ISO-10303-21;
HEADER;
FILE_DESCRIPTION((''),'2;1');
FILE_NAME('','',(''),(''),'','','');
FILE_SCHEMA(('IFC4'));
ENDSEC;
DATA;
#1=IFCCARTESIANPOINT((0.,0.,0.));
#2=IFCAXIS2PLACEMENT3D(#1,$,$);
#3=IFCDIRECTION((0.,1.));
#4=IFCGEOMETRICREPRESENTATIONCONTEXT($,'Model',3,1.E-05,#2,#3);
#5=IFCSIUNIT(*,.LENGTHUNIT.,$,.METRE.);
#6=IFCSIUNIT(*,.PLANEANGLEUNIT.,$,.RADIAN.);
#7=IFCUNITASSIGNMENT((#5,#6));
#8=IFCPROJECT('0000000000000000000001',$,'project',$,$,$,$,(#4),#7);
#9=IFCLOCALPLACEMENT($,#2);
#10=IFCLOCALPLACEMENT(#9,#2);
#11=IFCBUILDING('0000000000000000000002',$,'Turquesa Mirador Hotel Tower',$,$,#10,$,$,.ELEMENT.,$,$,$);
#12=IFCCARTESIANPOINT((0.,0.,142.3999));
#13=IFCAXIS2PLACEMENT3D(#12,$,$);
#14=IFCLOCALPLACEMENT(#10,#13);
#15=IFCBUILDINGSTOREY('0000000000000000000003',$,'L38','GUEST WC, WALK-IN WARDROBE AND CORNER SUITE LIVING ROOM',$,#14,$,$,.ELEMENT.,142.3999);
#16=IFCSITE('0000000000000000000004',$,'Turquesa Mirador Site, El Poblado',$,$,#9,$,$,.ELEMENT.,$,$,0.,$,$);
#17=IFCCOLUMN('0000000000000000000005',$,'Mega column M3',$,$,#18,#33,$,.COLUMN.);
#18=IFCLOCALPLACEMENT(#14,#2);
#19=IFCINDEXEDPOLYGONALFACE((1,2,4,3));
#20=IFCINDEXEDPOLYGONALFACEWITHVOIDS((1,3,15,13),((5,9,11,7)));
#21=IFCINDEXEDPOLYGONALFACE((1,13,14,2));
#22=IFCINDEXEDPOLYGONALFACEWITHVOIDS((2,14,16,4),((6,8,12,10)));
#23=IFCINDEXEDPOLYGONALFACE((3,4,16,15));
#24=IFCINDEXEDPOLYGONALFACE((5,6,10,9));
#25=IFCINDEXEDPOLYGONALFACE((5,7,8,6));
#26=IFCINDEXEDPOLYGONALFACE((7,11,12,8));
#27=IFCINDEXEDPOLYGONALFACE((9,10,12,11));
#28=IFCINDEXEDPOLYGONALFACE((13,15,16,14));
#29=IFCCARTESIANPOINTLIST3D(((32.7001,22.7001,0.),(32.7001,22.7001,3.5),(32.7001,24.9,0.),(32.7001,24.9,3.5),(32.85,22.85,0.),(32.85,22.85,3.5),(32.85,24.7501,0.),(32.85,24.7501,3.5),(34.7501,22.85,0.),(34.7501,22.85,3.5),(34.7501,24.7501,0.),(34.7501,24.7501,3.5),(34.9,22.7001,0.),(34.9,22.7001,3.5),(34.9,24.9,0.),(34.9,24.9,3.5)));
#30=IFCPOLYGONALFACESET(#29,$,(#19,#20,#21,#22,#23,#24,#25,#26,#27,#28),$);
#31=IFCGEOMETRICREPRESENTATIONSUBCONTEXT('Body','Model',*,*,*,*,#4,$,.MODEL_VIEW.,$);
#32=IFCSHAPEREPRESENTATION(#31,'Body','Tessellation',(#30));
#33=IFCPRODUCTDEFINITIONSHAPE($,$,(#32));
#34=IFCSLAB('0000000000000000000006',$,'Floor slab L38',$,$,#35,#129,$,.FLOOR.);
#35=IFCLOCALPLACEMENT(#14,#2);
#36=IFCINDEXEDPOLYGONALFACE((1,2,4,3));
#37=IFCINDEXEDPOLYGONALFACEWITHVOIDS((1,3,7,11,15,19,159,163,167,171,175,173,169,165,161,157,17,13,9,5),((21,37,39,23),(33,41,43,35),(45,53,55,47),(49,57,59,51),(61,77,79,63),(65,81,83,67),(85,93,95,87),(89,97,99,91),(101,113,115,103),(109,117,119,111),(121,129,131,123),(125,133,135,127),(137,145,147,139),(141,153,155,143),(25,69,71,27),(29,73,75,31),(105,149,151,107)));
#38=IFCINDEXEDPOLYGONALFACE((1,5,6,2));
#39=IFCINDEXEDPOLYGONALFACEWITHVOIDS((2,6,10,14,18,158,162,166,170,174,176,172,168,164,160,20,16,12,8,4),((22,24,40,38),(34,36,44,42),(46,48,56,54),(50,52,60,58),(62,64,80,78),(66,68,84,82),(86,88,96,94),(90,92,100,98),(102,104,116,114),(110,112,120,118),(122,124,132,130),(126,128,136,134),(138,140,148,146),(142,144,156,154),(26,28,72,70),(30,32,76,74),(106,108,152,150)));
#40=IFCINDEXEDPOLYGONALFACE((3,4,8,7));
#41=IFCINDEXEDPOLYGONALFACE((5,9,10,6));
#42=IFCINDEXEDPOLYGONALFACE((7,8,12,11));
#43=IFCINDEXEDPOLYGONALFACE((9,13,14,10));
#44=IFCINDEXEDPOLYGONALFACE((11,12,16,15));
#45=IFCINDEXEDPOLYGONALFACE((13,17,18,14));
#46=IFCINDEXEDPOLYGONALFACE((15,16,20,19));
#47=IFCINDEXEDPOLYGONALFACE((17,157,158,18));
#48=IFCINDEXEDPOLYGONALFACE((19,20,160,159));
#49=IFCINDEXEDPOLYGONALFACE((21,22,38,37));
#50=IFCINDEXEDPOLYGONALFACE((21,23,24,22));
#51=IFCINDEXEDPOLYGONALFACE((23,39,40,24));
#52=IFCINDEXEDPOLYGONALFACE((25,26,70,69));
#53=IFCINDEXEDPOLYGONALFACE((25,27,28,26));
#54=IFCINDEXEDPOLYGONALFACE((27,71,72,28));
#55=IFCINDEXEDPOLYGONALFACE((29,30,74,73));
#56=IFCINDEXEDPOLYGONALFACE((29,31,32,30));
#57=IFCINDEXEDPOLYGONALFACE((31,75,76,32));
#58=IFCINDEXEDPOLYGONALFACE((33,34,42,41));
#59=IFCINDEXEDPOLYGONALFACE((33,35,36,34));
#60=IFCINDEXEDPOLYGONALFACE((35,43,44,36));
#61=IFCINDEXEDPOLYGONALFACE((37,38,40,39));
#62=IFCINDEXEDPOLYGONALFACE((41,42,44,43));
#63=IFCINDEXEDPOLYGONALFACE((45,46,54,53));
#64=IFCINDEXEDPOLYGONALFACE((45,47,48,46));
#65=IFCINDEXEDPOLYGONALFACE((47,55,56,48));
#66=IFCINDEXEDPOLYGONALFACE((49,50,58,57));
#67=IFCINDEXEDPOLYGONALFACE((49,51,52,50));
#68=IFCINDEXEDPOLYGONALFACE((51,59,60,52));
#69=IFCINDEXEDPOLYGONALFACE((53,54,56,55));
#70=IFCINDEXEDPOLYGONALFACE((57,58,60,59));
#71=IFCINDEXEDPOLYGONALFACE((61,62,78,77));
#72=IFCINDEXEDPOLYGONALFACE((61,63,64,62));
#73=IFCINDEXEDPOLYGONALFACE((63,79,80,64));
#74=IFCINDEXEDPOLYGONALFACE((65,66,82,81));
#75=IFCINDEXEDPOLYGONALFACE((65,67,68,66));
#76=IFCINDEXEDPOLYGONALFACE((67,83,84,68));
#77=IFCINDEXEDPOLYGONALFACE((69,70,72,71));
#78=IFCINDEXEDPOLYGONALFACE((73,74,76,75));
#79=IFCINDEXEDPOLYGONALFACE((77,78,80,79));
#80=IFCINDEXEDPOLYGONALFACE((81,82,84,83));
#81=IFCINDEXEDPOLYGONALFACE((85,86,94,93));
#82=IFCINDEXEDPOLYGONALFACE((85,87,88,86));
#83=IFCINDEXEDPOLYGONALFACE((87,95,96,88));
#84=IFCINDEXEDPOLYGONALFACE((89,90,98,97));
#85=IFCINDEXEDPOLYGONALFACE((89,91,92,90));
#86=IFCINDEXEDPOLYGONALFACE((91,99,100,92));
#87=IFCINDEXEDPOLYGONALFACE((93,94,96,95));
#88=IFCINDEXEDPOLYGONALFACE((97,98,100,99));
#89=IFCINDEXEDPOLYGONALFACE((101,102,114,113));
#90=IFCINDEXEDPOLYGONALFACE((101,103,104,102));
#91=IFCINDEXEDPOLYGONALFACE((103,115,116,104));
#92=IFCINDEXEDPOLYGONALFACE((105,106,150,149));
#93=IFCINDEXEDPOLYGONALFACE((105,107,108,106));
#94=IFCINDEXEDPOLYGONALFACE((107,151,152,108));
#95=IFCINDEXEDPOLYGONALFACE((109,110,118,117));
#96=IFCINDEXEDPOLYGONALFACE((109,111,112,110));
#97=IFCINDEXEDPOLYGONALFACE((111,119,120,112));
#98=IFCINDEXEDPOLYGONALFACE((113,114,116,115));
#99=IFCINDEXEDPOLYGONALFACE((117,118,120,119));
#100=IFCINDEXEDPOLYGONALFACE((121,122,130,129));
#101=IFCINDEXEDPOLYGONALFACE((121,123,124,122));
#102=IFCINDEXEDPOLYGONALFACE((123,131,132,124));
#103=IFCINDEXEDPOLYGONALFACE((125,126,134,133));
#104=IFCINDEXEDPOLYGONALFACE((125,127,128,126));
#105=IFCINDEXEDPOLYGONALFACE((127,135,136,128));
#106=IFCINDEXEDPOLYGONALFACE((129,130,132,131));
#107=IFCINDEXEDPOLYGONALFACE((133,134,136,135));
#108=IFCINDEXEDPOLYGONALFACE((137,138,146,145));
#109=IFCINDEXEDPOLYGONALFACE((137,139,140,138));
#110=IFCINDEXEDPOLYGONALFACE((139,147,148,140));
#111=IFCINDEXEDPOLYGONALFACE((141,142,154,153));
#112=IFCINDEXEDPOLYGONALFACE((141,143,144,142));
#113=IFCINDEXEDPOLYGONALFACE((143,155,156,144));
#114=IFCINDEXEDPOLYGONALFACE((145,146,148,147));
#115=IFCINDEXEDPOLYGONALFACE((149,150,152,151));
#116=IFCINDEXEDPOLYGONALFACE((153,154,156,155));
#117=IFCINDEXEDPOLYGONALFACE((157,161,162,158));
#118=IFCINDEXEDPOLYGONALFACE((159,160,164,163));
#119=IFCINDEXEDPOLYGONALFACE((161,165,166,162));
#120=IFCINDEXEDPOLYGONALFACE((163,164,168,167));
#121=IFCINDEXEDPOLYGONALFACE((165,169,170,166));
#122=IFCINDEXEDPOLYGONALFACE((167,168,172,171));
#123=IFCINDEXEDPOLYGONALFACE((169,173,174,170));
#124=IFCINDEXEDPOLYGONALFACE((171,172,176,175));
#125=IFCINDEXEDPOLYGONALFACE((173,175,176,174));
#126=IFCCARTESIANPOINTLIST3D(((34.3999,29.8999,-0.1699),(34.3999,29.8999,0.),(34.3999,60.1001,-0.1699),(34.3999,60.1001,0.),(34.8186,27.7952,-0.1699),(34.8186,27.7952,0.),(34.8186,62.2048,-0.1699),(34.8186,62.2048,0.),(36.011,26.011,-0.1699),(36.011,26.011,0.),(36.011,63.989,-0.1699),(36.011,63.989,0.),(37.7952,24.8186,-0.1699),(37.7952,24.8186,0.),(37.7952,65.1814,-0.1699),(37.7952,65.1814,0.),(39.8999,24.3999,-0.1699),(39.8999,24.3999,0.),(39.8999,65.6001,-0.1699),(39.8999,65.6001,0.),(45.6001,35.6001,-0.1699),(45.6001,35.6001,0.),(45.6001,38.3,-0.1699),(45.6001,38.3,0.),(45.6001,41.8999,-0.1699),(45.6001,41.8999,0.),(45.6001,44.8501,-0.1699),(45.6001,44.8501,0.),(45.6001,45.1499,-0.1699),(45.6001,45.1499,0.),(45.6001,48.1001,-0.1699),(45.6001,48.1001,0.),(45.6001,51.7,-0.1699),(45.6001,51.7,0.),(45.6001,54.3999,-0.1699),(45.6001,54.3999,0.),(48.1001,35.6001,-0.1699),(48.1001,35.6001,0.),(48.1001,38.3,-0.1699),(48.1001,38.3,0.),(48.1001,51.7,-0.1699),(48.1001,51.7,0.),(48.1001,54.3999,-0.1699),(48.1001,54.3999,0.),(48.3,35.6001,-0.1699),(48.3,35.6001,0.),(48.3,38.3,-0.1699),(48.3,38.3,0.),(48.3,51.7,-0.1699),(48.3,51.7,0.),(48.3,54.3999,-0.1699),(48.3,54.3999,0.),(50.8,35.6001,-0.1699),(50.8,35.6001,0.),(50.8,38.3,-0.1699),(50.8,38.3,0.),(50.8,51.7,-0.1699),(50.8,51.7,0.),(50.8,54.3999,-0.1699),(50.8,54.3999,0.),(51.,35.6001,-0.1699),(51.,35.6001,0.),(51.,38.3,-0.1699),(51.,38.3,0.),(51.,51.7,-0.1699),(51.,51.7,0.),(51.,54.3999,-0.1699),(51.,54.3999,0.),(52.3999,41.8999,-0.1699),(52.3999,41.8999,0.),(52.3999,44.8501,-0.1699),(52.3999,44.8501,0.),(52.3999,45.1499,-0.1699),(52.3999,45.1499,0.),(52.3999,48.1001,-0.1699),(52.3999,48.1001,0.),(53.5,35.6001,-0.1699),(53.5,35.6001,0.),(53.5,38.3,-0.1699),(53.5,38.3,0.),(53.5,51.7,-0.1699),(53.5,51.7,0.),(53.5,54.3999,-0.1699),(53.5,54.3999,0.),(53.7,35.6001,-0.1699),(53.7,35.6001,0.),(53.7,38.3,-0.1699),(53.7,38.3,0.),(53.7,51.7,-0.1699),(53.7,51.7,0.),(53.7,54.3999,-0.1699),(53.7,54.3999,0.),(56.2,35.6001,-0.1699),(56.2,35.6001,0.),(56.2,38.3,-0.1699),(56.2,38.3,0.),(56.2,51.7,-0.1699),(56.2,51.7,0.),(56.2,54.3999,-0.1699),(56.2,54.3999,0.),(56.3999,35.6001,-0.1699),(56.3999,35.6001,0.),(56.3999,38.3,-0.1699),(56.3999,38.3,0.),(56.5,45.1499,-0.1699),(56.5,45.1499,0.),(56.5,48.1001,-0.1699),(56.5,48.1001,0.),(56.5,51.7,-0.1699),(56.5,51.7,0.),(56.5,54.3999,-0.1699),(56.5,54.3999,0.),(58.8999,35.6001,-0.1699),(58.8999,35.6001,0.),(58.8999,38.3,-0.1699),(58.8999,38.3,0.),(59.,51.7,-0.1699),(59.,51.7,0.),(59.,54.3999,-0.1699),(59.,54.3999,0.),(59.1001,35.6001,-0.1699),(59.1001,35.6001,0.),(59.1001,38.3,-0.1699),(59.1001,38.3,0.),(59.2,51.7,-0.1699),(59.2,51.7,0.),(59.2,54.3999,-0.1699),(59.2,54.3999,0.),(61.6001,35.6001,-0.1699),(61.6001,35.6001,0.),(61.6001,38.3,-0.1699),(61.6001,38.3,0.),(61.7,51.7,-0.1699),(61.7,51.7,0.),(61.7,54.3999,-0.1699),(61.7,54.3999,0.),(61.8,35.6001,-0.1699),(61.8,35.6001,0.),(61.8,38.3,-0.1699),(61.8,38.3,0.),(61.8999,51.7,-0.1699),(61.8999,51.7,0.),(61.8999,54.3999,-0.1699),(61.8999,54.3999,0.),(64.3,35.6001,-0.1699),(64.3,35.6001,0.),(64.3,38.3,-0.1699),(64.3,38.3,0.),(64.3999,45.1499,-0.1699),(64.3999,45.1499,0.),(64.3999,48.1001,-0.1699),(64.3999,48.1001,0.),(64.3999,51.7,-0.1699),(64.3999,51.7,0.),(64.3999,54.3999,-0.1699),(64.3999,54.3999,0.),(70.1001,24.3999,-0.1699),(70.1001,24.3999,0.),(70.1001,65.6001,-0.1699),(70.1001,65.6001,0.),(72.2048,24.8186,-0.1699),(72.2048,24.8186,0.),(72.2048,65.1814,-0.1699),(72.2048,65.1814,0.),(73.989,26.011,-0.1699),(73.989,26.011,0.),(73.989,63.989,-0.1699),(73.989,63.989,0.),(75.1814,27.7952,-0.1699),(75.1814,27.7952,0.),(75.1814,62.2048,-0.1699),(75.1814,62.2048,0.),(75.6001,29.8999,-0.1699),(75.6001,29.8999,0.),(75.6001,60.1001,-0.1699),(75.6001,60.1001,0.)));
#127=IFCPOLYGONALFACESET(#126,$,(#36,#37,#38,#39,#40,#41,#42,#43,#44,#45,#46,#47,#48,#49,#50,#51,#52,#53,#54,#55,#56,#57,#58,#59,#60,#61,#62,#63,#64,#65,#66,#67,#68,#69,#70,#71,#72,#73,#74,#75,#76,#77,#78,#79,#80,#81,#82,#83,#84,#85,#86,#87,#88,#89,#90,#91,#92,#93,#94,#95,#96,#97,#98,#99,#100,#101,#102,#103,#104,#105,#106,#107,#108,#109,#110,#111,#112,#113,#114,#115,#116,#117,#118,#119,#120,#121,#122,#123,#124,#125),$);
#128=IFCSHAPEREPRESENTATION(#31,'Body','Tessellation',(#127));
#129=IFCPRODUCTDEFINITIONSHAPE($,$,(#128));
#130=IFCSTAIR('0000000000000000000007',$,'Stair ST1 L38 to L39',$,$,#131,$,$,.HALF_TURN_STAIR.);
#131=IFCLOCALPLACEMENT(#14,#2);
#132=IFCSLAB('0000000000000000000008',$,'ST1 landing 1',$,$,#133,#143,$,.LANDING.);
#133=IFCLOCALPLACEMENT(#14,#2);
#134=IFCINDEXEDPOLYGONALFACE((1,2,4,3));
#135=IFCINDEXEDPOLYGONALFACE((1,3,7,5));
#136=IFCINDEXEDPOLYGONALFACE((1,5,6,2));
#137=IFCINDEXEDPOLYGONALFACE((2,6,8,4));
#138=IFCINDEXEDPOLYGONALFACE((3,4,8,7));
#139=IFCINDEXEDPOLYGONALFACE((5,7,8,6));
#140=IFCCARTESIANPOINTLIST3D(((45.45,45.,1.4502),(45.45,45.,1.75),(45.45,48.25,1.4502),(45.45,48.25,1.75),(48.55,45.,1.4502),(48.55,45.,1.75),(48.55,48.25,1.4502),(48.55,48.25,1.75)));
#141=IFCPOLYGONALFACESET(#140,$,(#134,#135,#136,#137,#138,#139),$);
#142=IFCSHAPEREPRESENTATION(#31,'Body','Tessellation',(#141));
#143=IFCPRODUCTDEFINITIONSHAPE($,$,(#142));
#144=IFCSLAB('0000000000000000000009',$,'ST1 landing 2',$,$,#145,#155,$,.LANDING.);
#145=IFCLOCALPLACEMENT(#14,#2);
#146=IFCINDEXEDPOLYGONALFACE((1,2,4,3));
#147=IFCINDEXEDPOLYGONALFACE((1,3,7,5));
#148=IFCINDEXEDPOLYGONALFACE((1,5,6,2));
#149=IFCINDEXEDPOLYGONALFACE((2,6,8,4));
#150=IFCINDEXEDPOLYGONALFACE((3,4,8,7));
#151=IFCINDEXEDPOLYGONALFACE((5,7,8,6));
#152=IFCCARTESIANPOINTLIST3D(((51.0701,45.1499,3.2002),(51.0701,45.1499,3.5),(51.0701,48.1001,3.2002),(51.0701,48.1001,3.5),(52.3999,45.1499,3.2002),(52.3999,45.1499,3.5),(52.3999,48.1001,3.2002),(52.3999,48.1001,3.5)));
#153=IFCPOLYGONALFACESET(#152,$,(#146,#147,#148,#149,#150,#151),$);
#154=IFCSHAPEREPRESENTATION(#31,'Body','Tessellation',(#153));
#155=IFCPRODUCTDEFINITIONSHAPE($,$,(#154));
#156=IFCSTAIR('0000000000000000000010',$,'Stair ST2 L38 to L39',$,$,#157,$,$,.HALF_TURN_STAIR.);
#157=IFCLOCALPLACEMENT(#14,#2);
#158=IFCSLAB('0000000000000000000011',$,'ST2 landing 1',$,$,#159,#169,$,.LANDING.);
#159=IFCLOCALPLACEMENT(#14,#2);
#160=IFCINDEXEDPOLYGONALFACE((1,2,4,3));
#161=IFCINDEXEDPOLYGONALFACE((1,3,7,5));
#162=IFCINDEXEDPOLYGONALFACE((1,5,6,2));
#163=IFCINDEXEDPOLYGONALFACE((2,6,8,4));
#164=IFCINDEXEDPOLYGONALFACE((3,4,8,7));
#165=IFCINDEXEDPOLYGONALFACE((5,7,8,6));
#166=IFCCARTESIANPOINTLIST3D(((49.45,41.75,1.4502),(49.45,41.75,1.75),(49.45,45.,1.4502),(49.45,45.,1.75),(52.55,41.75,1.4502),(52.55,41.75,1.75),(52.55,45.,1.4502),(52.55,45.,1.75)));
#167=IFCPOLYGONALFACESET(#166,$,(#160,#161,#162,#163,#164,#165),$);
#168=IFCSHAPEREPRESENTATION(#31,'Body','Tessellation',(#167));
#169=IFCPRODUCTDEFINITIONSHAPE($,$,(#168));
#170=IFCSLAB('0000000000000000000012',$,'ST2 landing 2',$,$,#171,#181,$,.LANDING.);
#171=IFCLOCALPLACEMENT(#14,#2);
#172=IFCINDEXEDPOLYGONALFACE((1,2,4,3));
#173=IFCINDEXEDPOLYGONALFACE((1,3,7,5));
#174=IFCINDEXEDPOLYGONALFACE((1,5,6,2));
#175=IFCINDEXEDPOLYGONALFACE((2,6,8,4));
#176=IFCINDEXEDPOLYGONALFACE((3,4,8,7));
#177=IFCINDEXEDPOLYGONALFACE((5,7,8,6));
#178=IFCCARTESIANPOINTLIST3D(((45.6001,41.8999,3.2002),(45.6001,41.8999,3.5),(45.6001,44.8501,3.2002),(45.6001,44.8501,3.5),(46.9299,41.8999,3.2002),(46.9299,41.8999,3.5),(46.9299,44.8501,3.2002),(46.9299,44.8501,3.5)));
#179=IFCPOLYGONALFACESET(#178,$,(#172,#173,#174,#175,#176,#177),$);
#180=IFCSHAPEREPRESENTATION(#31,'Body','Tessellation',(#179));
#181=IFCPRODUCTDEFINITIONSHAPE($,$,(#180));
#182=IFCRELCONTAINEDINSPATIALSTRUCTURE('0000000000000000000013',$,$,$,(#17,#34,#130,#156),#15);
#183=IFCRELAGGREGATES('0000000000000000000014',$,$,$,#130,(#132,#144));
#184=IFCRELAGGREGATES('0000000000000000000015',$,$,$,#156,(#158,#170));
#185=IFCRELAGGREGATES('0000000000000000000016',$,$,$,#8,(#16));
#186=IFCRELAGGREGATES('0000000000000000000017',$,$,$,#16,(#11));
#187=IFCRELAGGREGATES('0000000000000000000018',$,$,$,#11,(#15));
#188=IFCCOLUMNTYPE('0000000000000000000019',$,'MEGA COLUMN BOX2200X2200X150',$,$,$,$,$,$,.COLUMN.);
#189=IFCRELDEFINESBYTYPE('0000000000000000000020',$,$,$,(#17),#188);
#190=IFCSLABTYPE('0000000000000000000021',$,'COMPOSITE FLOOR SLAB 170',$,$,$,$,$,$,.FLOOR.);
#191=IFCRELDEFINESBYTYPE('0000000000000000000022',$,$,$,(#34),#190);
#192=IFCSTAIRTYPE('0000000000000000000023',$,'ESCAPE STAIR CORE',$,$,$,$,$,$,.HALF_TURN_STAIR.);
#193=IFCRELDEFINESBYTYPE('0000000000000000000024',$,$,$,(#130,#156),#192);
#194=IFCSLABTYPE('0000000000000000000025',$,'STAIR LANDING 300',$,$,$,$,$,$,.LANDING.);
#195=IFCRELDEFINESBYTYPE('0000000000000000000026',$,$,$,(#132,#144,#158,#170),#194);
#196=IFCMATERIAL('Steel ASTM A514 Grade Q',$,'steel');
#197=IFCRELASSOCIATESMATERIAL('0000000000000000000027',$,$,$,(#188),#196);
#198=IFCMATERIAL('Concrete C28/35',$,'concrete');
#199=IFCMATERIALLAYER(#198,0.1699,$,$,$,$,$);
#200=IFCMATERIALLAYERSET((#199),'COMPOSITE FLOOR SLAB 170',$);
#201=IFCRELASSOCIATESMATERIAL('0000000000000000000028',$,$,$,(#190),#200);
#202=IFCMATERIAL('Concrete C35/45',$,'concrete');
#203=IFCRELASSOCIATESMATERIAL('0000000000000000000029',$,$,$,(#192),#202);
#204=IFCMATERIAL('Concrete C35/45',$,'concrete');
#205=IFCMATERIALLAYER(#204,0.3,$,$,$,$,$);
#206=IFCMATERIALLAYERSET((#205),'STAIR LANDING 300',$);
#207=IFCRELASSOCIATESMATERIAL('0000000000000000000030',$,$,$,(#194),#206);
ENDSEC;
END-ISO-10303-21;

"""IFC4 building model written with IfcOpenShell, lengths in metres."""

from ifc_helpers import new_model, si_unit, direction, frame, origin, origin_2d, place, context, subcontext, project, spatial, polyline, hollow_rectangle, outline, extrude, material, layer, layer_set, material_profile, profile_set, type_object, element, aggregate, save


model = new_model("IFC4")

# Units and contexts
model_context = context("Model", 3, precision=1e-05, world=origin(), true_north=direction((0.0, 1.0)))
body_context = subcontext(model_context, "Body", "Model", "MODEL_VIEW")
ifc_project = project(units=[si_unit("LENGTHUNIT", "METRE"), si_unit("PLANEANGLEUNIT", "RADIAN")], contexts=[model_context])

# Site, building, storey
site_placement = place(None, origin())
site = spatial("IfcSite", under=ifc_project, at=site_placement, Name="Turquesa Mirador Site, El Poblado", CompositionType="ELEMENT", RefElevation=0.0)
building_placement = place(site_placement, origin())
building = spatial("IfcBuilding", under=site, at=building_placement, Name="Turquesa Mirador Hotel Tower", CompositionType="ELEMENT")
storey_placement = place(building_placement, frame((0.0, 0.0, 142.3999)))
storey = spatial("IfcBuildingStorey", under=building, at=storey_placement, Name="L38", Description="GUEST WC, WALK-IN WARDROBE AND CORNER SUITE LIVING ROOM", CompositionType="ELEMENT", Elevation=142.3999)

# Column
ifc_material_1 = material(Name="Steel ASTM A514 Grade Q", Category="steel")
ifc_material_profile = material_profile(ifc_material_1, hollow_rectangle(XDim=2.2, YDim=2.2, WallThickness=0.1499, at=origin_2d()), Name="BOX2200X2200X150")
ifc_profile_set = profile_set([ifc_material_profile], Name="Steel ASTM A514 Grade Q")
column_type = type_object("IfcColumnType", Name="MEGA COLUMN BOX2200X2200X150", PredefinedType="COLUMN", material=ifc_profile_set)
column_placement = place(storey_placement, frame((33.8, 23.8, 0.0), z_axis=(0.0, 0.0, 1.0), x_axis=(1.0, 0.0, 0.0)))
element("IfcColumn", 1, at=column_placement, inside=storey, type_object=column_type, Name="Mega column M3", PredefinedType="COLUMN", context=body_context, shape_type="SweptSolid", body=[
    extrude(hollow_rectangle(XDim=2.2, YDim=2.2, WallThickness=0.1499, at=origin_2d()), origin(), (0.0, 0.0, 1.0), 3.5),
])

# Slab
ifc_material_2 = material(Name="Concrete C28/35", Category="concrete")
ifc_layer_1 = layer(ifc_material_2, 0.1699)
ifc_layer_set_1 = layer_set([ifc_layer_1], Name="COMPOSITE FLOOR SLAB 170")
slab_type_1 = type_object("IfcSlabType", Name="COMPOSITE FLOOR SLAB 170", PredefinedType="FLOOR", material=ifc_layer_set_1)
slab_1_placement = place(storey_placement, frame((0.0, 0.0, -0.1699)))
element("IfcSlab", 2, at=slab_1_placement, inside=storey, type_object=slab_type_1, Name="Floor slab L38", PredefinedType="FLOOR", context=body_context, shape_type="SweptSolid", body=[
    extrude(outline(polyline([(70.1001, 24.3999), (72.2048, 24.8186), (73.989, 26.011), (75.1814, 27.7952), (75.6001, 29.8999), (75.6001, 60.1001), (75.1814, 62.2048), (73.989, 63.989), (72.2048, 65.1814), (70.1001, 65.6001), (39.8999, 65.6001), (37.7952, 65.1814), (36.011, 63.989), (34.8186, 62.2048), (34.3999, 60.1001), (34.3999, 29.8999), (34.8186, 27.7952), (36.011, 26.011), (37.7952, 24.8186), (39.8999, 24.3999), (70.1001, 24.3999)]), holes=[polyline([(45.6001, 51.7), (48.1001, 51.7), (48.1001, 54.3999), (45.6001, 54.3999), (45.6001, 51.7)]), polyline([(48.3, 51.7), (50.8, 51.7), (50.8, 54.3999), (48.3, 54.3999), (48.3, 51.7)]), polyline([(51.0, 51.7), (53.5, 51.7), (53.5, 54.3999), (51.0, 54.3999), (51.0, 51.7)]), polyline([(53.7, 51.7), (56.2, 51.7), (56.2, 54.3999), (53.7, 54.3999), (53.7, 51.7)]), polyline([(56.5, 51.7), (59.0, 51.7), (59.0, 54.3999), (56.5, 54.3999), (56.5, 51.7)]), polyline([(59.2, 51.7), (61.7, 51.7), (61.7, 54.3999), (59.2, 54.3999), (59.2, 51.7)]), polyline([(45.6001, 35.6001), (48.1001, 35.6001), (48.1001, 38.3), (45.6001, 38.3), (45.6001, 35.6001)]), polyline([(48.3, 35.6001), (50.8, 35.6001), (50.8, 38.3), (48.3, 38.3), (48.3, 35.6001)]), polyline([(51.0, 35.6001), (53.5, 35.6001), (53.5, 38.3), (51.0, 38.3), (51.0, 35.6001)]), polyline([(53.7, 35.6001), (56.2, 35.6001), (56.2, 38.3), (53.7, 38.3), (53.7, 35.6001)]), polyline([(56.3999, 35.6001), (58.8999, 35.6001), (58.8999, 38.3), (56.3999, 38.3), (56.3999, 35.6001)]), polyline([(59.1001, 35.6001), (61.6001, 35.6001), (61.6001, 38.3), (59.1001, 38.3), (59.1001, 35.6001)]), polyline([(61.8, 35.6001), (64.3, 35.6001), (64.3, 38.3), (61.8, 38.3), (61.8, 35.6001)]), polyline([(45.6001, 45.1499), (52.3999, 45.1499), (52.3999, 48.1001), (45.6001, 48.1001), (45.6001, 45.1499)]), polyline([(45.6001, 41.8999), (52.3999, 41.8999), (52.3999, 44.8501), (45.6001, 44.8501), (45.6001, 41.8999)]), polyline([(56.5, 45.1499), (64.3999, 45.1499), (64.3999, 48.1001), (56.5, 48.1001), (56.5, 45.1499)]), polyline([(61.8999, 51.7), (64.3999, 51.7), (64.3999, 54.3999), (61.8999, 54.3999), (61.8999, 51.7)])]), origin(), (0.0, 0.0, 1.0), 0.1699),
])

# Stairs, slabs
ifc_material_3 = material(Name="Concrete C35/45", Category="concrete")
stair_type = type_object("IfcStairType", Name="ESCAPE STAIR CORE", PredefinedType="HALF_TURN_STAIR", material=ifc_material_3)
stair_1_placement = place(storey_placement, origin())
stair_1 = element("IfcStair", 3, at=stair_1_placement, inside=storey, type_object=stair_type, Name="Stair ST1 L38 to L39", PredefinedType="HALF_TURN_STAIR")
ifc_material_4 = material(Name="Concrete C35/45", Category="concrete")
ifc_layer_2 = layer(ifc_material_4, 0.3)
ifc_layer_set_2 = layer_set([ifc_layer_2], Name="STAIR LANDING 300")
slab_type_2 = type_object("IfcSlabType", Name="STAIR LANDING 300", PredefinedType="LANDING", material=ifc_layer_set_2)
slab_2_placement = place(storey_placement, frame((0.0, 0.0, 1.4502)))
slab_2 = element("IfcSlab", 4, at=slab_2_placement, type_object=slab_type_2, Name="ST1 landing 1", PredefinedType="LANDING", context=body_context, shape_type="SweptSolid", body=[
    extrude(outline(polyline([(45.45, 45.0), (48.55, 45.0), (48.55, 48.25), (45.45, 48.25), (45.45, 45.0)])), origin(), (0.0, 0.0, 1.0), 0.2998),
])
slab_3_placement = place(storey_placement, frame((0.0, 0.0, 3.2002)))
slab_3 = element("IfcSlab", 5, at=slab_3_placement, type_object=slab_type_2, Name="ST1 landing 2", PredefinedType="LANDING", context=body_context, shape_type="SweptSolid", body=[
    extrude(outline(polyline([(51.0701, 45.1499), (52.3999, 45.1499), (52.3999, 48.1001), (51.0701, 48.1001), (51.0701, 45.1499)])), origin(), (0.0, 0.0, 1.0), 0.2998),
])
aggregate(stair_1, [slab_2, slab_3])
stair_2_placement = place(storey_placement, origin())
stair_2 = element("IfcStair", 6, at=stair_2_placement, inside=storey, type_object=stair_type, Name="Stair ST2 L38 to L39", PredefinedType="HALF_TURN_STAIR")
slab_4_placement = place(storey_placement, frame((0.0, 0.0, 1.4502)))
slab_4 = element("IfcSlab", 7, at=slab_4_placement, type_object=slab_type_2, Name="ST2 landing 1", PredefinedType="LANDING", context=body_context, shape_type="SweptSolid", body=[
    extrude(outline(polyline([(52.55, 45.0), (49.45, 45.0), (49.45, 41.75), (52.55, 41.75), (52.55, 45.0)])), origin(), (0.0, 0.0, 1.0), 0.2998),
])
slab_5_placement = place(storey_placement, frame((0.0, 0.0, 3.2002)))
slab_5 = element("IfcSlab", 8, at=slab_5_placement, type_object=slab_type_2, Name="ST2 landing 2", PredefinedType="LANDING", context=body_context, shape_type="SweptSolid", body=[
    extrude(outline(polyline([(46.9299, 44.8501), (45.6001, 44.8501), (45.6001, 41.8999), (46.9299, 41.8999), (46.9299, 44.8501)])), origin(), (0.0, 0.0, 1.0), 0.2998),
])
aggregate(stair_2, [slab_4, slab_5])

save(model, "model.ifc")
